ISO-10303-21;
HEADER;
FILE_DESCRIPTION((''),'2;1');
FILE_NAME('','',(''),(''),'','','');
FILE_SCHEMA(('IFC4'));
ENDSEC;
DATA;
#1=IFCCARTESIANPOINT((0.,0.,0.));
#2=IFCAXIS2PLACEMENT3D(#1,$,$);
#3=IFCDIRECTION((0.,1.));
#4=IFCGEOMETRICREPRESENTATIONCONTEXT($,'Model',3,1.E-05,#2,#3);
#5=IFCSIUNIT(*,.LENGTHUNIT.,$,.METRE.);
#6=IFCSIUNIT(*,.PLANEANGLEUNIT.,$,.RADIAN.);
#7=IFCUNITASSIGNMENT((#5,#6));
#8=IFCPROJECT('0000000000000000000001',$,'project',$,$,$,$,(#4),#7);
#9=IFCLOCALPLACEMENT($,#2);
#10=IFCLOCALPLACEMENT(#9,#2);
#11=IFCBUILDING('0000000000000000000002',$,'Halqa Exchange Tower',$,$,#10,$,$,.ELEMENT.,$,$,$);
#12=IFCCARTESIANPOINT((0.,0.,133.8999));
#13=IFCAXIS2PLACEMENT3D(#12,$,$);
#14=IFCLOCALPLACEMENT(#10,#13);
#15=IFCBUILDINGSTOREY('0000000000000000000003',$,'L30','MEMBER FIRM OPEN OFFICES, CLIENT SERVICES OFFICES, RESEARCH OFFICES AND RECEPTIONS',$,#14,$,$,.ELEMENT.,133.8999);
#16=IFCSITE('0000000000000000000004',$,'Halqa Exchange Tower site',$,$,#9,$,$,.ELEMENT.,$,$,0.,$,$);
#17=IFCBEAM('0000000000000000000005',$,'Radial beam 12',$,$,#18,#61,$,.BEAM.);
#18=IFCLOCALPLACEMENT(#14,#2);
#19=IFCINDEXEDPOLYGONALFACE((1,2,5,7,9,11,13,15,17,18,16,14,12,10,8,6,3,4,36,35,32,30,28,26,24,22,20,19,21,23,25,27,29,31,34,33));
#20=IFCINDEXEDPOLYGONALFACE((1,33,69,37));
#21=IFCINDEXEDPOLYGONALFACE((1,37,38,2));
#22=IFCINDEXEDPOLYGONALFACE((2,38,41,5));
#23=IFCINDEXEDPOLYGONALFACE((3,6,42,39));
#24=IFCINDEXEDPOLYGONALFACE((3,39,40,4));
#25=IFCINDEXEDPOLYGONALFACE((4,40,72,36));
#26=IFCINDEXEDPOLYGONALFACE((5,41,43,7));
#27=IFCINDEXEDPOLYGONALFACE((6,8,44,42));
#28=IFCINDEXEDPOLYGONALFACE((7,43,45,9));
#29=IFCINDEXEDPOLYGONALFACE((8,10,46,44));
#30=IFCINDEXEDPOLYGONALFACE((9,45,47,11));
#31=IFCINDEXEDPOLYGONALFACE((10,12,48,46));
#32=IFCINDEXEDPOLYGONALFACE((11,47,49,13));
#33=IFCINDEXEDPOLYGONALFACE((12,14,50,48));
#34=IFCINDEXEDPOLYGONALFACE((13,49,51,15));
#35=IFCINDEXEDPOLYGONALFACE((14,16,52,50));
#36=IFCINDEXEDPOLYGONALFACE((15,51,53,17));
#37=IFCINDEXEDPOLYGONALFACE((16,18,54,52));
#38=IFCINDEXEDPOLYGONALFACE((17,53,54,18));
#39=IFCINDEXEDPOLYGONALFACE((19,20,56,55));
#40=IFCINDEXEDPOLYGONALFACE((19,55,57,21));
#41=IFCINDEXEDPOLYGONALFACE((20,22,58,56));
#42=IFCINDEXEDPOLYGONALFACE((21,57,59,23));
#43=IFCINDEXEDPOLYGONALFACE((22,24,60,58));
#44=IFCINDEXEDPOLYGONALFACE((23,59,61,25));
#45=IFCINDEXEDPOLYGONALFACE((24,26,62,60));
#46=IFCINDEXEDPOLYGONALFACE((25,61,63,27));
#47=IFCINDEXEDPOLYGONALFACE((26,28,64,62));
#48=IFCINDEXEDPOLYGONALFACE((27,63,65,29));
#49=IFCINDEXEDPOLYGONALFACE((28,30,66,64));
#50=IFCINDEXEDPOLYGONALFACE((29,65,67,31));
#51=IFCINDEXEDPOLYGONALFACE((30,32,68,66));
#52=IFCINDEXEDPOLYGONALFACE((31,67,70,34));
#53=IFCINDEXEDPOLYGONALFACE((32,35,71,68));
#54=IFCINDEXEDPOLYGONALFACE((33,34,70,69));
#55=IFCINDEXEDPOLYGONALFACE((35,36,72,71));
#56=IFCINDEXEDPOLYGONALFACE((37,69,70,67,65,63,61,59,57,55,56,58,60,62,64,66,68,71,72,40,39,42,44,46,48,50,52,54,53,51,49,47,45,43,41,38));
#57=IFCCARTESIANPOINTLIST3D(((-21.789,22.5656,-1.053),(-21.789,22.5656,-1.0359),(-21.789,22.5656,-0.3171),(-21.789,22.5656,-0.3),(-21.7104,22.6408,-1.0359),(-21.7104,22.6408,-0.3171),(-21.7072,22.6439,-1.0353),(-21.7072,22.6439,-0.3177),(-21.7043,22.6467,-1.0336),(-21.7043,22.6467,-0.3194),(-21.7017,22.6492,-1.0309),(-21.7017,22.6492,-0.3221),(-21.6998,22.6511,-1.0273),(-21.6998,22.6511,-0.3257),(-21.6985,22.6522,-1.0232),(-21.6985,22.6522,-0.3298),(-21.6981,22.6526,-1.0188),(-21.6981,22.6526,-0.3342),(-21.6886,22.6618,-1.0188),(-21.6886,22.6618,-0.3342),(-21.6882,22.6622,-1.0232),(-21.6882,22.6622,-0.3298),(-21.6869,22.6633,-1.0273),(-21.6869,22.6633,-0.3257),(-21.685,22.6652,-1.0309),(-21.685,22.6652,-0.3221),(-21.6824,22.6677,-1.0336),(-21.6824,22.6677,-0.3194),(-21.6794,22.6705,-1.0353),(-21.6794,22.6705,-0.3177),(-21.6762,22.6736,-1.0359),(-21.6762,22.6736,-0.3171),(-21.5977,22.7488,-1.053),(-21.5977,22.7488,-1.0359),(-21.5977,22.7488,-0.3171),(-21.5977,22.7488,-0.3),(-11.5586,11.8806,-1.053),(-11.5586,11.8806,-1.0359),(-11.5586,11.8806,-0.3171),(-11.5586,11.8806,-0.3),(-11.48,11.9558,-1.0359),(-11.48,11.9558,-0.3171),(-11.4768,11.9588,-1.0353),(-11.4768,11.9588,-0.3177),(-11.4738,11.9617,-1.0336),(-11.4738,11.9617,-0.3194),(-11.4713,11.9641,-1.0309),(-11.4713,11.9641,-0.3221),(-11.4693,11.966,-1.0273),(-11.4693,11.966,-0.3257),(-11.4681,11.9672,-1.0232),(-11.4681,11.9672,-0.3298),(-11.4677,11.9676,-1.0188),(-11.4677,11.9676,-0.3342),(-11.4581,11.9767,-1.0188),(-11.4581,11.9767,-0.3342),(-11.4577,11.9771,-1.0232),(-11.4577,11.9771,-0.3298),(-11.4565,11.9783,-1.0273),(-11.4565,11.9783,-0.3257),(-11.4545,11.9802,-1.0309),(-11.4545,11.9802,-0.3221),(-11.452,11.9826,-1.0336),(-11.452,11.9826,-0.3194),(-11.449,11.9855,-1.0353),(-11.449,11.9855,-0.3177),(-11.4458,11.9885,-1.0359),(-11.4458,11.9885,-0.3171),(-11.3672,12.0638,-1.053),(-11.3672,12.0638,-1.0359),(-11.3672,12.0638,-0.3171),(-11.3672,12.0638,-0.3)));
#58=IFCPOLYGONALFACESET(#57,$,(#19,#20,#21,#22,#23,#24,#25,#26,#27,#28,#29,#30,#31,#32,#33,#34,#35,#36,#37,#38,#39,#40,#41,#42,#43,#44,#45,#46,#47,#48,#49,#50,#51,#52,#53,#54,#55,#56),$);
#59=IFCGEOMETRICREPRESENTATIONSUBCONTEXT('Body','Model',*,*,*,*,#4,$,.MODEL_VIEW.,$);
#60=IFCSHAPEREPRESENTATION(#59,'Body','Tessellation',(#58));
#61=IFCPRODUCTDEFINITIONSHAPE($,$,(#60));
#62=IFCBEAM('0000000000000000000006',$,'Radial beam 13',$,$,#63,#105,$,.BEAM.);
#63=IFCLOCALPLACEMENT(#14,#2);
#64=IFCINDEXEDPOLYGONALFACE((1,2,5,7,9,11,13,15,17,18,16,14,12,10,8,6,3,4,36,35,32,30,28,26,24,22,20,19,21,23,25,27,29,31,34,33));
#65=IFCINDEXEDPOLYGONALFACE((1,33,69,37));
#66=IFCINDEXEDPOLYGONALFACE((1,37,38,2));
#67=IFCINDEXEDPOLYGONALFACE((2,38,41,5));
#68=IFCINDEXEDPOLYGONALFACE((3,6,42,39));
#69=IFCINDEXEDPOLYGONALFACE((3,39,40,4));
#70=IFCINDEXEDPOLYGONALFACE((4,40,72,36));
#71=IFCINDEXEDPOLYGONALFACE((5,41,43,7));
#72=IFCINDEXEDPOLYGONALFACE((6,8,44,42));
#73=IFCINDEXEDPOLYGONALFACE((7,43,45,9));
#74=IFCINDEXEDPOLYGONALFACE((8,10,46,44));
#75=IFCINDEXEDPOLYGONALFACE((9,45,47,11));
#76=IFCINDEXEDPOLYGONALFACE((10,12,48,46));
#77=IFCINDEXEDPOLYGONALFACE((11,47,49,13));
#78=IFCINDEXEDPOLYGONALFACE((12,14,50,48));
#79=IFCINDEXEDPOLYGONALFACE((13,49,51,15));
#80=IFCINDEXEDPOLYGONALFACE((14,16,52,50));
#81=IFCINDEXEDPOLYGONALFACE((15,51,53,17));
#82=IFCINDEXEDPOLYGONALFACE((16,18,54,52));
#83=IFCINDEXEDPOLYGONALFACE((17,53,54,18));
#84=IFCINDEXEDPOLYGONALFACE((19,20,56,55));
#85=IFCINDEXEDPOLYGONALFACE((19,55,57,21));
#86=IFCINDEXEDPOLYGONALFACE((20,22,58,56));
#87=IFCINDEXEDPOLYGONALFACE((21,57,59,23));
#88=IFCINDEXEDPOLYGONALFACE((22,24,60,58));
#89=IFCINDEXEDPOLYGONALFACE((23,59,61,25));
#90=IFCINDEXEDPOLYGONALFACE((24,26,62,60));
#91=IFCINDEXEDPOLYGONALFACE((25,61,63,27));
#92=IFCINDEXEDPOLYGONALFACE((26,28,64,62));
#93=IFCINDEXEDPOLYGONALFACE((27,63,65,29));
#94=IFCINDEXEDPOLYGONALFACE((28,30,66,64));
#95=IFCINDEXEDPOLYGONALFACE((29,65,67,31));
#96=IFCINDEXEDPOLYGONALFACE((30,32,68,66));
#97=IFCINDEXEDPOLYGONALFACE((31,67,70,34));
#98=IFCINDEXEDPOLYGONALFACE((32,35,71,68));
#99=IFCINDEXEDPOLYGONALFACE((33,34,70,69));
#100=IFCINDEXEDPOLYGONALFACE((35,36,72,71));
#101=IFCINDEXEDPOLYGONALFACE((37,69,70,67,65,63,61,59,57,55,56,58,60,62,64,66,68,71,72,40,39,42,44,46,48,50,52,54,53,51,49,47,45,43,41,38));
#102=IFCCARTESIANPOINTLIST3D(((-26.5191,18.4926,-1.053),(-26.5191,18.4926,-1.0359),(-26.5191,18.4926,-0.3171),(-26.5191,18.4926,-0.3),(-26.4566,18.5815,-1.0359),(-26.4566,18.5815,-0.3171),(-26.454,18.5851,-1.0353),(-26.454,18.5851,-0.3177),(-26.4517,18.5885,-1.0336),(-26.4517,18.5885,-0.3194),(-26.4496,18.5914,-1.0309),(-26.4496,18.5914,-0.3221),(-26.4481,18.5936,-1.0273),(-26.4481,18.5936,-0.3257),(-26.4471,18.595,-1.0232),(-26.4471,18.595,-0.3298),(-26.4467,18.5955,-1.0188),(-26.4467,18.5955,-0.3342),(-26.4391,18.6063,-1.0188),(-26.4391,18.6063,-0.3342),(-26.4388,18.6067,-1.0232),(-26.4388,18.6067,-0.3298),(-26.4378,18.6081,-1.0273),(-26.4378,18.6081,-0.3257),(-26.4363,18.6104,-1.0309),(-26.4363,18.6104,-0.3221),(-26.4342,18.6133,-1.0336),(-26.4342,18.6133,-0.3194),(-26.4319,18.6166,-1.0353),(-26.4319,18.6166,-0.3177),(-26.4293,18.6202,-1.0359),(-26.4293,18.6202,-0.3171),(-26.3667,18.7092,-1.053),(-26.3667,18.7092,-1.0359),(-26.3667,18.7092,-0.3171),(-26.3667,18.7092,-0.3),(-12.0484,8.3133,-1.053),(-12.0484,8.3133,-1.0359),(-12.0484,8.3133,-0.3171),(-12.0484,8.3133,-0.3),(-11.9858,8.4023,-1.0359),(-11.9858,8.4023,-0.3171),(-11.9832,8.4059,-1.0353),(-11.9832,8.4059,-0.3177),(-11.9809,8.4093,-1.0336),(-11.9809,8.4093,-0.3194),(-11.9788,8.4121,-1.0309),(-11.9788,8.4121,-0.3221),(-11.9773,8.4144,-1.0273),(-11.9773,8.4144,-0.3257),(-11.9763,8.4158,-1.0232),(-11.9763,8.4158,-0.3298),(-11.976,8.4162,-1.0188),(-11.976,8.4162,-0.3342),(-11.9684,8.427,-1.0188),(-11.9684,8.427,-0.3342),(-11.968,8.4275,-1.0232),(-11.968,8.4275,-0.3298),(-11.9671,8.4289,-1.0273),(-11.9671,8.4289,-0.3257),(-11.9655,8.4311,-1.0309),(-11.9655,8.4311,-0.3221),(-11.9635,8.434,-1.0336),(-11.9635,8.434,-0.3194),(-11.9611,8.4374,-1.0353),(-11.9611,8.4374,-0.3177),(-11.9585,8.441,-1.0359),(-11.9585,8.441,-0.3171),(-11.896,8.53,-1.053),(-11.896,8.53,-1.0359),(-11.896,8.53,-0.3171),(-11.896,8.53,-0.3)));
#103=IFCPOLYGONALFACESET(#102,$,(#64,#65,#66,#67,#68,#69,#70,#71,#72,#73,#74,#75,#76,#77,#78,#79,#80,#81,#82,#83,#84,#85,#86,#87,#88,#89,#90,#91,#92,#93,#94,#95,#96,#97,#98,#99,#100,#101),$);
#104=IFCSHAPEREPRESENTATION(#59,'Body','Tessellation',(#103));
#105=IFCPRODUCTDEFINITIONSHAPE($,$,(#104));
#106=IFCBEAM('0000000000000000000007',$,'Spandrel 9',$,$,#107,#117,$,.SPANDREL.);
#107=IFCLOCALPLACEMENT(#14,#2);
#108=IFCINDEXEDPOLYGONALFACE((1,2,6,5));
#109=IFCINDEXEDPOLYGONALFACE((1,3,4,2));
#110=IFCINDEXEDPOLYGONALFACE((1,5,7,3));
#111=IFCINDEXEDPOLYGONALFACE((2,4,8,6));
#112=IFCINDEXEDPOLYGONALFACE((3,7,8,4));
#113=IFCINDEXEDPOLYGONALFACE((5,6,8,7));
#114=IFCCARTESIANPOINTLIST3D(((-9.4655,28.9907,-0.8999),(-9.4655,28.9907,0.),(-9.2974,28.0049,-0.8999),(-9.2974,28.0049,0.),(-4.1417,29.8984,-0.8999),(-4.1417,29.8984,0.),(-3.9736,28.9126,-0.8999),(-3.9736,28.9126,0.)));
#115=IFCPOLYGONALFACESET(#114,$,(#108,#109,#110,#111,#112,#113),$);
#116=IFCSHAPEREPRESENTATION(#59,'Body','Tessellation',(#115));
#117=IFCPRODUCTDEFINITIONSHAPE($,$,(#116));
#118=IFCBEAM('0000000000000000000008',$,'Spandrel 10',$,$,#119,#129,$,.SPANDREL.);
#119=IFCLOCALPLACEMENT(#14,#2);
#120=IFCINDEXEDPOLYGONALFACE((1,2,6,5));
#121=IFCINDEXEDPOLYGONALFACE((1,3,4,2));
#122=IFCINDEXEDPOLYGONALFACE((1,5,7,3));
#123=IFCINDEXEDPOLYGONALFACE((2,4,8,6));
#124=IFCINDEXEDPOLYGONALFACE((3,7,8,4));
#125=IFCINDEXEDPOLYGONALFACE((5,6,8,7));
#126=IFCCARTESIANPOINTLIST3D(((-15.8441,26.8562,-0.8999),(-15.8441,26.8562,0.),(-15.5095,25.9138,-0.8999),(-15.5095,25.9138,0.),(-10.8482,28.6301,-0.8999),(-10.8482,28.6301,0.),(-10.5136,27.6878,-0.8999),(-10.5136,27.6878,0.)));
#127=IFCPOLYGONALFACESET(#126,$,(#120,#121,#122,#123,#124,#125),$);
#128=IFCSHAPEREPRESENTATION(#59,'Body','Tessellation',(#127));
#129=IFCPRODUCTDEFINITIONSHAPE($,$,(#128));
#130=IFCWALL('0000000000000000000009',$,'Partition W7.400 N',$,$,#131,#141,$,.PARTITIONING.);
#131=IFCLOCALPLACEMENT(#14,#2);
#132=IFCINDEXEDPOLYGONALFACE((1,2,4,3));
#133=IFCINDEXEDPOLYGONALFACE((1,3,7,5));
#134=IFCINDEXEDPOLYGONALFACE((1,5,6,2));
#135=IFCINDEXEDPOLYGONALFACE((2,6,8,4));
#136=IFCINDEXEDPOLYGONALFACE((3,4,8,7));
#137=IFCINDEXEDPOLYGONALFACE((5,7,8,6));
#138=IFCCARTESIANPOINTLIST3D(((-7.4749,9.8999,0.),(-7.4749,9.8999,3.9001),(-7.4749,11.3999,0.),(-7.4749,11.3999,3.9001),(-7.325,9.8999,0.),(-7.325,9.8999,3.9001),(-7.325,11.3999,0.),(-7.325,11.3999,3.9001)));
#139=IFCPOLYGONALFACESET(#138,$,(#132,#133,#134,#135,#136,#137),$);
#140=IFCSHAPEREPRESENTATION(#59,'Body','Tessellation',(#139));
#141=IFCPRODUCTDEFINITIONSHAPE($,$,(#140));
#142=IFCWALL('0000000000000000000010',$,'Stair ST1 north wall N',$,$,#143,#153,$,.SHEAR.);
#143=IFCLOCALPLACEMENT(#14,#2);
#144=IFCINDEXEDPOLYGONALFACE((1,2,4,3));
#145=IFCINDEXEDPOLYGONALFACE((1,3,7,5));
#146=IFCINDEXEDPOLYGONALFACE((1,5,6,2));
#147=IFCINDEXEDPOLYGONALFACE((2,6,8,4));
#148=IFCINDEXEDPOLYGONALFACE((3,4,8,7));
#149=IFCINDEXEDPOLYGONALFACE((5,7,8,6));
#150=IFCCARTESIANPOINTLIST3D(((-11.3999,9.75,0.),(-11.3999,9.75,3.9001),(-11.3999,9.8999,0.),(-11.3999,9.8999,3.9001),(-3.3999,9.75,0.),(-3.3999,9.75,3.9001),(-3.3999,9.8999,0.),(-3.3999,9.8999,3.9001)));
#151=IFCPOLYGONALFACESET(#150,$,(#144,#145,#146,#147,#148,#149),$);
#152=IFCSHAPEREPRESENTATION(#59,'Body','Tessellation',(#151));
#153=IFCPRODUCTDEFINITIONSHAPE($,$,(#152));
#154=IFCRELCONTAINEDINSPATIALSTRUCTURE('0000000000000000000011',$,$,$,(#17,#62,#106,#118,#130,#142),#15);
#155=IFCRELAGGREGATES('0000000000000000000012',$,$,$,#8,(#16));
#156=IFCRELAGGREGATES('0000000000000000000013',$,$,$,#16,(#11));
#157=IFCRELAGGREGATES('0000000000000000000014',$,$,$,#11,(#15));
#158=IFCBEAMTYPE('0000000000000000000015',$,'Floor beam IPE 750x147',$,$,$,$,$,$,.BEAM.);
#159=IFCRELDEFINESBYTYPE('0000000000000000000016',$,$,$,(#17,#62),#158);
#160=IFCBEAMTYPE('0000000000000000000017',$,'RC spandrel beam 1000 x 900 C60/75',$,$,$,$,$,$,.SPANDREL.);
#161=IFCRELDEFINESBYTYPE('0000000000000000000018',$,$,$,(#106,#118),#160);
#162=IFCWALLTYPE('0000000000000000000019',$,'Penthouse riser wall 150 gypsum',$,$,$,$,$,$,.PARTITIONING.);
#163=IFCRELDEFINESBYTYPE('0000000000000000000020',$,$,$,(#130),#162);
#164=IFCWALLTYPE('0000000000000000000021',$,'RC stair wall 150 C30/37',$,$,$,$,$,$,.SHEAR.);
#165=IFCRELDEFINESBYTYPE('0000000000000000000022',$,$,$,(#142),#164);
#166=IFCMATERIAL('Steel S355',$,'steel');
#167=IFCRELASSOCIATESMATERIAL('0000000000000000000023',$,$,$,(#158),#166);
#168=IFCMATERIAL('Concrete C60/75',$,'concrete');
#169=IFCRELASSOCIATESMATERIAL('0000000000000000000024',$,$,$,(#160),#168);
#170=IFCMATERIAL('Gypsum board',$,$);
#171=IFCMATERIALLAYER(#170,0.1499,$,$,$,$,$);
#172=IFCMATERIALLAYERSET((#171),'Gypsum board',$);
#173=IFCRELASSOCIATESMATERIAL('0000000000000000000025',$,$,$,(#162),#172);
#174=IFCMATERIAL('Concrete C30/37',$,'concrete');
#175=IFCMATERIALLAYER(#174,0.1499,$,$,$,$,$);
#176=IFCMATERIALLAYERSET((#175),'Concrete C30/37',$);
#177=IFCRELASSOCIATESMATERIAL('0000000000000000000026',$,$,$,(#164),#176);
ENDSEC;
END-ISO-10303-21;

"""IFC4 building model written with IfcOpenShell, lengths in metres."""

from ifc_helpers import new_model, si_unit, direction, frame, frame_2d, origin, origin_2d, place, context, subcontext, project, spatial, rectangle, i_section, extrude, material, layer, layer_set, material_profile, profile_set, type_object, element, save


model = new_model("IFC4")

# Units and contexts
model_context = context("Model", 3, precision=1e-05, world=origin(), true_north=direction((0.0, 1.0)))
body_context = subcontext(model_context, "Body", "Model", "MODEL_VIEW")
ifc_project = project(units=[si_unit("LENGTHUNIT", "METRE"), si_unit("PLANEANGLEUNIT", "RADIAN")], contexts=[model_context])

# Site, building, storey
site_placement = place(None, origin())
site = spatial("IfcSite", under=ifc_project, at=site_placement, Name="Halqa Exchange Tower site", CompositionType="ELEMENT", RefElevation=0.0)
building_placement = place(site_placement, origin())
building = spatial("IfcBuilding", under=site, at=building_placement, Name="Halqa Exchange Tower", CompositionType="ELEMENT")
storey_placement = place(building_placement, frame((0.0, 0.0, 133.8999)))
storey = spatial("IfcBuildingStorey", under=building, at=storey_placement, Name="L30", Description="MEMBER FIRM OPEN OFFICES, CLIENT SERVICES OFFICES, RESEARCH OFFICES AND RECEPTIONS", CompositionType="ELEMENT", Elevation=133.8999)

# Beams
ifc_material_1 = material(Name="Steel S355", Category="steel")
ifc_material_profile_1 = material_profile(ifc_material_1, i_section(OverallWidth=0.2649, OverallDepth=0.7529, WebThickness=0.0132, FlangeThickness=0.0171, FilletRadius=0.0171, at=origin_2d()), Name="IPE 750x147")
ifc_profile_set_1 = profile_set([ifc_material_profile_1], Name="Steel S355")
beam_type_1 = type_object("IfcBeamType", Name="Floor beam IPE 750x147", PredefinedType="BEAM", material=ifc_profile_set_1)
beam_1_placement = place(storey_placement, frame((-11.4629, 11.9722, -0.6765), z_axis=(-0.691575, 0.722305, 0.0), x_axis=(-0.722305, -0.691575, 0.0)))
element("IfcBeam", 1, at=beam_1_placement, inside=storey, type_object=beam_type_1, Name="Radial beam 12", PredefinedType="BEAM", context=body_context, shape_type="SweptSolid", body=[
    extrude(i_section(OverallWidth=0.2649, OverallDepth=0.7529, WebThickness=0.0132, FlangeThickness=0.0171, FilletRadius=0.0171, at=origin_2d()), origin(), (0.0, 0.0, 1.0), 14.793),
])
beam_2_placement = place(storey_placement, frame((-11.9722, 8.4216, -0.6765), z_axis=(-0.81791, 0.575346, 0.0), x_axis=(-0.575346, -0.81791, 0.0)))
element("IfcBeam", 2, at=beam_2_placement, inside=storey, type_object=beam_type_1, Name="Radial beam 13", PredefinedType="BEAM", context=body_context, shape_type="SweptSolid", body=[
    extrude(i_section(OverallWidth=0.2649, OverallDepth=0.7529, WebThickness=0.0132, FlangeThickness=0.0171, FilletRadius=0.0171, at=origin_2d()), origin(), (0.0, 0.0, 1.0), 17.6924),
])
ifc_material_2 = material(Name="Concrete C60/75", Category="concrete")
ifc_material_profile_2 = material_profile(ifc_material_2, rectangle(XDim=1.0, YDim=0.8999, at=origin_2d()), Name="1000 x 900")
ifc_profile_set_2 = profile_set([ifc_material_profile_2], Name="Concrete C60/75")
beam_type_2 = type_object("IfcBeamType", Name="RC spandrel beam 1000 x 900 C60/75", PredefinedType="SPANDREL", material=ifc_profile_set_2)
beam_3_placement = place(storey_placement, frame((-4.0576, 29.4055, -0.45), z_axis=(-0.985774, -0.168078, 0.0), x_axis=(0.168078, -0.985774, 0.0)))
element("IfcBeam", 3, at=beam_3_placement, inside=storey, type_object=beam_type_2, Name="Spandrel 9", PredefinedType="SPANDREL", context=body_context, shape_type="SweptSolid", body=[
    extrude(rectangle(XDim=1.0, YDim=0.8999, at=origin_2d()), origin(), (0.0, 0.0, 1.0), 5.4006),
])
beam_4_placement = place(storey_placement, frame((-10.6809, 28.1589, -0.45), z_axis=(-0.942356, -0.334612, 0.0), x_axis=(0.334612, -0.942356, 0.0)))
element("IfcBeam", 4, at=beam_4_placement, inside=storey, type_object=beam_type_2, Name="Spandrel 10", PredefinedType="SPANDREL", context=body_context, shape_type="SweptSolid", body=[
    extrude(rectangle(XDim=1.0, YDim=0.8999, at=origin_2d()), origin(), (0.0, 0.0, 1.0), 5.3015),
])

# Walls
ifc_material_3 = material(Name="Gypsum board")
ifc_layer_1 = layer(ifc_material_3, 0.1499)
ifc_layer_set_1 = layer_set([ifc_layer_1], Name="Gypsum board")
wall_type_1 = type_object("IfcWallType", Name="Penthouse riser wall 150 gypsum", PredefinedType="PARTITIONING", material=ifc_layer_set_1)
wall_1_placement = place(storey_placement, frame((-7.3999, 9.8999, 0.0), z_axis=(0.0, 0.0, 1.0), x_axis=(0.0, 1.0, 0.0)))
element("IfcWall", 5, at=wall_1_placement, inside=storey, type_object=wall_type_1, Name="Partition W7.400 N", PredefinedType="PARTITIONING", context=body_context, shape_type="SweptSolid", body=[
    extrude(rectangle(XDim=1.5, YDim=0.1499, at=frame_2d((0.75, 0.0))), origin(), (0.0, 0.0, 1.0), 3.9001),
])
ifc_material_4 = material(Name="Concrete C30/37", Category="concrete")
ifc_layer_2 = layer(ifc_material_4, 0.1499)
ifc_layer_set_2 = layer_set([ifc_layer_2], Name="Concrete C30/37")
wall_type_2 = type_object("IfcWallType", Name="RC stair wall 150 C30/37", PredefinedType="SHEAR", material=ifc_layer_set_2)
wall_2_placement = place(storey_placement, frame((-11.3999, 9.825, 0.0), z_axis=(0.0, 0.0, 1.0), x_axis=(1.0, 0.0, 0.0)))
element("IfcWall", 6, at=wall_2_placement, inside=storey, type_object=wall_type_2, Name="Stair ST1 north wall N", PredefinedType="SHEAR", context=body_context, shape_type="SweptSolid", body=[
    extrude(rectangle(XDim=8.0, YDim=0.1499, at=frame_2d((4.0, 0.0))), origin(), (0.0, 0.0, 1.0), 3.9001),
])

save(model, "model.ifc")
